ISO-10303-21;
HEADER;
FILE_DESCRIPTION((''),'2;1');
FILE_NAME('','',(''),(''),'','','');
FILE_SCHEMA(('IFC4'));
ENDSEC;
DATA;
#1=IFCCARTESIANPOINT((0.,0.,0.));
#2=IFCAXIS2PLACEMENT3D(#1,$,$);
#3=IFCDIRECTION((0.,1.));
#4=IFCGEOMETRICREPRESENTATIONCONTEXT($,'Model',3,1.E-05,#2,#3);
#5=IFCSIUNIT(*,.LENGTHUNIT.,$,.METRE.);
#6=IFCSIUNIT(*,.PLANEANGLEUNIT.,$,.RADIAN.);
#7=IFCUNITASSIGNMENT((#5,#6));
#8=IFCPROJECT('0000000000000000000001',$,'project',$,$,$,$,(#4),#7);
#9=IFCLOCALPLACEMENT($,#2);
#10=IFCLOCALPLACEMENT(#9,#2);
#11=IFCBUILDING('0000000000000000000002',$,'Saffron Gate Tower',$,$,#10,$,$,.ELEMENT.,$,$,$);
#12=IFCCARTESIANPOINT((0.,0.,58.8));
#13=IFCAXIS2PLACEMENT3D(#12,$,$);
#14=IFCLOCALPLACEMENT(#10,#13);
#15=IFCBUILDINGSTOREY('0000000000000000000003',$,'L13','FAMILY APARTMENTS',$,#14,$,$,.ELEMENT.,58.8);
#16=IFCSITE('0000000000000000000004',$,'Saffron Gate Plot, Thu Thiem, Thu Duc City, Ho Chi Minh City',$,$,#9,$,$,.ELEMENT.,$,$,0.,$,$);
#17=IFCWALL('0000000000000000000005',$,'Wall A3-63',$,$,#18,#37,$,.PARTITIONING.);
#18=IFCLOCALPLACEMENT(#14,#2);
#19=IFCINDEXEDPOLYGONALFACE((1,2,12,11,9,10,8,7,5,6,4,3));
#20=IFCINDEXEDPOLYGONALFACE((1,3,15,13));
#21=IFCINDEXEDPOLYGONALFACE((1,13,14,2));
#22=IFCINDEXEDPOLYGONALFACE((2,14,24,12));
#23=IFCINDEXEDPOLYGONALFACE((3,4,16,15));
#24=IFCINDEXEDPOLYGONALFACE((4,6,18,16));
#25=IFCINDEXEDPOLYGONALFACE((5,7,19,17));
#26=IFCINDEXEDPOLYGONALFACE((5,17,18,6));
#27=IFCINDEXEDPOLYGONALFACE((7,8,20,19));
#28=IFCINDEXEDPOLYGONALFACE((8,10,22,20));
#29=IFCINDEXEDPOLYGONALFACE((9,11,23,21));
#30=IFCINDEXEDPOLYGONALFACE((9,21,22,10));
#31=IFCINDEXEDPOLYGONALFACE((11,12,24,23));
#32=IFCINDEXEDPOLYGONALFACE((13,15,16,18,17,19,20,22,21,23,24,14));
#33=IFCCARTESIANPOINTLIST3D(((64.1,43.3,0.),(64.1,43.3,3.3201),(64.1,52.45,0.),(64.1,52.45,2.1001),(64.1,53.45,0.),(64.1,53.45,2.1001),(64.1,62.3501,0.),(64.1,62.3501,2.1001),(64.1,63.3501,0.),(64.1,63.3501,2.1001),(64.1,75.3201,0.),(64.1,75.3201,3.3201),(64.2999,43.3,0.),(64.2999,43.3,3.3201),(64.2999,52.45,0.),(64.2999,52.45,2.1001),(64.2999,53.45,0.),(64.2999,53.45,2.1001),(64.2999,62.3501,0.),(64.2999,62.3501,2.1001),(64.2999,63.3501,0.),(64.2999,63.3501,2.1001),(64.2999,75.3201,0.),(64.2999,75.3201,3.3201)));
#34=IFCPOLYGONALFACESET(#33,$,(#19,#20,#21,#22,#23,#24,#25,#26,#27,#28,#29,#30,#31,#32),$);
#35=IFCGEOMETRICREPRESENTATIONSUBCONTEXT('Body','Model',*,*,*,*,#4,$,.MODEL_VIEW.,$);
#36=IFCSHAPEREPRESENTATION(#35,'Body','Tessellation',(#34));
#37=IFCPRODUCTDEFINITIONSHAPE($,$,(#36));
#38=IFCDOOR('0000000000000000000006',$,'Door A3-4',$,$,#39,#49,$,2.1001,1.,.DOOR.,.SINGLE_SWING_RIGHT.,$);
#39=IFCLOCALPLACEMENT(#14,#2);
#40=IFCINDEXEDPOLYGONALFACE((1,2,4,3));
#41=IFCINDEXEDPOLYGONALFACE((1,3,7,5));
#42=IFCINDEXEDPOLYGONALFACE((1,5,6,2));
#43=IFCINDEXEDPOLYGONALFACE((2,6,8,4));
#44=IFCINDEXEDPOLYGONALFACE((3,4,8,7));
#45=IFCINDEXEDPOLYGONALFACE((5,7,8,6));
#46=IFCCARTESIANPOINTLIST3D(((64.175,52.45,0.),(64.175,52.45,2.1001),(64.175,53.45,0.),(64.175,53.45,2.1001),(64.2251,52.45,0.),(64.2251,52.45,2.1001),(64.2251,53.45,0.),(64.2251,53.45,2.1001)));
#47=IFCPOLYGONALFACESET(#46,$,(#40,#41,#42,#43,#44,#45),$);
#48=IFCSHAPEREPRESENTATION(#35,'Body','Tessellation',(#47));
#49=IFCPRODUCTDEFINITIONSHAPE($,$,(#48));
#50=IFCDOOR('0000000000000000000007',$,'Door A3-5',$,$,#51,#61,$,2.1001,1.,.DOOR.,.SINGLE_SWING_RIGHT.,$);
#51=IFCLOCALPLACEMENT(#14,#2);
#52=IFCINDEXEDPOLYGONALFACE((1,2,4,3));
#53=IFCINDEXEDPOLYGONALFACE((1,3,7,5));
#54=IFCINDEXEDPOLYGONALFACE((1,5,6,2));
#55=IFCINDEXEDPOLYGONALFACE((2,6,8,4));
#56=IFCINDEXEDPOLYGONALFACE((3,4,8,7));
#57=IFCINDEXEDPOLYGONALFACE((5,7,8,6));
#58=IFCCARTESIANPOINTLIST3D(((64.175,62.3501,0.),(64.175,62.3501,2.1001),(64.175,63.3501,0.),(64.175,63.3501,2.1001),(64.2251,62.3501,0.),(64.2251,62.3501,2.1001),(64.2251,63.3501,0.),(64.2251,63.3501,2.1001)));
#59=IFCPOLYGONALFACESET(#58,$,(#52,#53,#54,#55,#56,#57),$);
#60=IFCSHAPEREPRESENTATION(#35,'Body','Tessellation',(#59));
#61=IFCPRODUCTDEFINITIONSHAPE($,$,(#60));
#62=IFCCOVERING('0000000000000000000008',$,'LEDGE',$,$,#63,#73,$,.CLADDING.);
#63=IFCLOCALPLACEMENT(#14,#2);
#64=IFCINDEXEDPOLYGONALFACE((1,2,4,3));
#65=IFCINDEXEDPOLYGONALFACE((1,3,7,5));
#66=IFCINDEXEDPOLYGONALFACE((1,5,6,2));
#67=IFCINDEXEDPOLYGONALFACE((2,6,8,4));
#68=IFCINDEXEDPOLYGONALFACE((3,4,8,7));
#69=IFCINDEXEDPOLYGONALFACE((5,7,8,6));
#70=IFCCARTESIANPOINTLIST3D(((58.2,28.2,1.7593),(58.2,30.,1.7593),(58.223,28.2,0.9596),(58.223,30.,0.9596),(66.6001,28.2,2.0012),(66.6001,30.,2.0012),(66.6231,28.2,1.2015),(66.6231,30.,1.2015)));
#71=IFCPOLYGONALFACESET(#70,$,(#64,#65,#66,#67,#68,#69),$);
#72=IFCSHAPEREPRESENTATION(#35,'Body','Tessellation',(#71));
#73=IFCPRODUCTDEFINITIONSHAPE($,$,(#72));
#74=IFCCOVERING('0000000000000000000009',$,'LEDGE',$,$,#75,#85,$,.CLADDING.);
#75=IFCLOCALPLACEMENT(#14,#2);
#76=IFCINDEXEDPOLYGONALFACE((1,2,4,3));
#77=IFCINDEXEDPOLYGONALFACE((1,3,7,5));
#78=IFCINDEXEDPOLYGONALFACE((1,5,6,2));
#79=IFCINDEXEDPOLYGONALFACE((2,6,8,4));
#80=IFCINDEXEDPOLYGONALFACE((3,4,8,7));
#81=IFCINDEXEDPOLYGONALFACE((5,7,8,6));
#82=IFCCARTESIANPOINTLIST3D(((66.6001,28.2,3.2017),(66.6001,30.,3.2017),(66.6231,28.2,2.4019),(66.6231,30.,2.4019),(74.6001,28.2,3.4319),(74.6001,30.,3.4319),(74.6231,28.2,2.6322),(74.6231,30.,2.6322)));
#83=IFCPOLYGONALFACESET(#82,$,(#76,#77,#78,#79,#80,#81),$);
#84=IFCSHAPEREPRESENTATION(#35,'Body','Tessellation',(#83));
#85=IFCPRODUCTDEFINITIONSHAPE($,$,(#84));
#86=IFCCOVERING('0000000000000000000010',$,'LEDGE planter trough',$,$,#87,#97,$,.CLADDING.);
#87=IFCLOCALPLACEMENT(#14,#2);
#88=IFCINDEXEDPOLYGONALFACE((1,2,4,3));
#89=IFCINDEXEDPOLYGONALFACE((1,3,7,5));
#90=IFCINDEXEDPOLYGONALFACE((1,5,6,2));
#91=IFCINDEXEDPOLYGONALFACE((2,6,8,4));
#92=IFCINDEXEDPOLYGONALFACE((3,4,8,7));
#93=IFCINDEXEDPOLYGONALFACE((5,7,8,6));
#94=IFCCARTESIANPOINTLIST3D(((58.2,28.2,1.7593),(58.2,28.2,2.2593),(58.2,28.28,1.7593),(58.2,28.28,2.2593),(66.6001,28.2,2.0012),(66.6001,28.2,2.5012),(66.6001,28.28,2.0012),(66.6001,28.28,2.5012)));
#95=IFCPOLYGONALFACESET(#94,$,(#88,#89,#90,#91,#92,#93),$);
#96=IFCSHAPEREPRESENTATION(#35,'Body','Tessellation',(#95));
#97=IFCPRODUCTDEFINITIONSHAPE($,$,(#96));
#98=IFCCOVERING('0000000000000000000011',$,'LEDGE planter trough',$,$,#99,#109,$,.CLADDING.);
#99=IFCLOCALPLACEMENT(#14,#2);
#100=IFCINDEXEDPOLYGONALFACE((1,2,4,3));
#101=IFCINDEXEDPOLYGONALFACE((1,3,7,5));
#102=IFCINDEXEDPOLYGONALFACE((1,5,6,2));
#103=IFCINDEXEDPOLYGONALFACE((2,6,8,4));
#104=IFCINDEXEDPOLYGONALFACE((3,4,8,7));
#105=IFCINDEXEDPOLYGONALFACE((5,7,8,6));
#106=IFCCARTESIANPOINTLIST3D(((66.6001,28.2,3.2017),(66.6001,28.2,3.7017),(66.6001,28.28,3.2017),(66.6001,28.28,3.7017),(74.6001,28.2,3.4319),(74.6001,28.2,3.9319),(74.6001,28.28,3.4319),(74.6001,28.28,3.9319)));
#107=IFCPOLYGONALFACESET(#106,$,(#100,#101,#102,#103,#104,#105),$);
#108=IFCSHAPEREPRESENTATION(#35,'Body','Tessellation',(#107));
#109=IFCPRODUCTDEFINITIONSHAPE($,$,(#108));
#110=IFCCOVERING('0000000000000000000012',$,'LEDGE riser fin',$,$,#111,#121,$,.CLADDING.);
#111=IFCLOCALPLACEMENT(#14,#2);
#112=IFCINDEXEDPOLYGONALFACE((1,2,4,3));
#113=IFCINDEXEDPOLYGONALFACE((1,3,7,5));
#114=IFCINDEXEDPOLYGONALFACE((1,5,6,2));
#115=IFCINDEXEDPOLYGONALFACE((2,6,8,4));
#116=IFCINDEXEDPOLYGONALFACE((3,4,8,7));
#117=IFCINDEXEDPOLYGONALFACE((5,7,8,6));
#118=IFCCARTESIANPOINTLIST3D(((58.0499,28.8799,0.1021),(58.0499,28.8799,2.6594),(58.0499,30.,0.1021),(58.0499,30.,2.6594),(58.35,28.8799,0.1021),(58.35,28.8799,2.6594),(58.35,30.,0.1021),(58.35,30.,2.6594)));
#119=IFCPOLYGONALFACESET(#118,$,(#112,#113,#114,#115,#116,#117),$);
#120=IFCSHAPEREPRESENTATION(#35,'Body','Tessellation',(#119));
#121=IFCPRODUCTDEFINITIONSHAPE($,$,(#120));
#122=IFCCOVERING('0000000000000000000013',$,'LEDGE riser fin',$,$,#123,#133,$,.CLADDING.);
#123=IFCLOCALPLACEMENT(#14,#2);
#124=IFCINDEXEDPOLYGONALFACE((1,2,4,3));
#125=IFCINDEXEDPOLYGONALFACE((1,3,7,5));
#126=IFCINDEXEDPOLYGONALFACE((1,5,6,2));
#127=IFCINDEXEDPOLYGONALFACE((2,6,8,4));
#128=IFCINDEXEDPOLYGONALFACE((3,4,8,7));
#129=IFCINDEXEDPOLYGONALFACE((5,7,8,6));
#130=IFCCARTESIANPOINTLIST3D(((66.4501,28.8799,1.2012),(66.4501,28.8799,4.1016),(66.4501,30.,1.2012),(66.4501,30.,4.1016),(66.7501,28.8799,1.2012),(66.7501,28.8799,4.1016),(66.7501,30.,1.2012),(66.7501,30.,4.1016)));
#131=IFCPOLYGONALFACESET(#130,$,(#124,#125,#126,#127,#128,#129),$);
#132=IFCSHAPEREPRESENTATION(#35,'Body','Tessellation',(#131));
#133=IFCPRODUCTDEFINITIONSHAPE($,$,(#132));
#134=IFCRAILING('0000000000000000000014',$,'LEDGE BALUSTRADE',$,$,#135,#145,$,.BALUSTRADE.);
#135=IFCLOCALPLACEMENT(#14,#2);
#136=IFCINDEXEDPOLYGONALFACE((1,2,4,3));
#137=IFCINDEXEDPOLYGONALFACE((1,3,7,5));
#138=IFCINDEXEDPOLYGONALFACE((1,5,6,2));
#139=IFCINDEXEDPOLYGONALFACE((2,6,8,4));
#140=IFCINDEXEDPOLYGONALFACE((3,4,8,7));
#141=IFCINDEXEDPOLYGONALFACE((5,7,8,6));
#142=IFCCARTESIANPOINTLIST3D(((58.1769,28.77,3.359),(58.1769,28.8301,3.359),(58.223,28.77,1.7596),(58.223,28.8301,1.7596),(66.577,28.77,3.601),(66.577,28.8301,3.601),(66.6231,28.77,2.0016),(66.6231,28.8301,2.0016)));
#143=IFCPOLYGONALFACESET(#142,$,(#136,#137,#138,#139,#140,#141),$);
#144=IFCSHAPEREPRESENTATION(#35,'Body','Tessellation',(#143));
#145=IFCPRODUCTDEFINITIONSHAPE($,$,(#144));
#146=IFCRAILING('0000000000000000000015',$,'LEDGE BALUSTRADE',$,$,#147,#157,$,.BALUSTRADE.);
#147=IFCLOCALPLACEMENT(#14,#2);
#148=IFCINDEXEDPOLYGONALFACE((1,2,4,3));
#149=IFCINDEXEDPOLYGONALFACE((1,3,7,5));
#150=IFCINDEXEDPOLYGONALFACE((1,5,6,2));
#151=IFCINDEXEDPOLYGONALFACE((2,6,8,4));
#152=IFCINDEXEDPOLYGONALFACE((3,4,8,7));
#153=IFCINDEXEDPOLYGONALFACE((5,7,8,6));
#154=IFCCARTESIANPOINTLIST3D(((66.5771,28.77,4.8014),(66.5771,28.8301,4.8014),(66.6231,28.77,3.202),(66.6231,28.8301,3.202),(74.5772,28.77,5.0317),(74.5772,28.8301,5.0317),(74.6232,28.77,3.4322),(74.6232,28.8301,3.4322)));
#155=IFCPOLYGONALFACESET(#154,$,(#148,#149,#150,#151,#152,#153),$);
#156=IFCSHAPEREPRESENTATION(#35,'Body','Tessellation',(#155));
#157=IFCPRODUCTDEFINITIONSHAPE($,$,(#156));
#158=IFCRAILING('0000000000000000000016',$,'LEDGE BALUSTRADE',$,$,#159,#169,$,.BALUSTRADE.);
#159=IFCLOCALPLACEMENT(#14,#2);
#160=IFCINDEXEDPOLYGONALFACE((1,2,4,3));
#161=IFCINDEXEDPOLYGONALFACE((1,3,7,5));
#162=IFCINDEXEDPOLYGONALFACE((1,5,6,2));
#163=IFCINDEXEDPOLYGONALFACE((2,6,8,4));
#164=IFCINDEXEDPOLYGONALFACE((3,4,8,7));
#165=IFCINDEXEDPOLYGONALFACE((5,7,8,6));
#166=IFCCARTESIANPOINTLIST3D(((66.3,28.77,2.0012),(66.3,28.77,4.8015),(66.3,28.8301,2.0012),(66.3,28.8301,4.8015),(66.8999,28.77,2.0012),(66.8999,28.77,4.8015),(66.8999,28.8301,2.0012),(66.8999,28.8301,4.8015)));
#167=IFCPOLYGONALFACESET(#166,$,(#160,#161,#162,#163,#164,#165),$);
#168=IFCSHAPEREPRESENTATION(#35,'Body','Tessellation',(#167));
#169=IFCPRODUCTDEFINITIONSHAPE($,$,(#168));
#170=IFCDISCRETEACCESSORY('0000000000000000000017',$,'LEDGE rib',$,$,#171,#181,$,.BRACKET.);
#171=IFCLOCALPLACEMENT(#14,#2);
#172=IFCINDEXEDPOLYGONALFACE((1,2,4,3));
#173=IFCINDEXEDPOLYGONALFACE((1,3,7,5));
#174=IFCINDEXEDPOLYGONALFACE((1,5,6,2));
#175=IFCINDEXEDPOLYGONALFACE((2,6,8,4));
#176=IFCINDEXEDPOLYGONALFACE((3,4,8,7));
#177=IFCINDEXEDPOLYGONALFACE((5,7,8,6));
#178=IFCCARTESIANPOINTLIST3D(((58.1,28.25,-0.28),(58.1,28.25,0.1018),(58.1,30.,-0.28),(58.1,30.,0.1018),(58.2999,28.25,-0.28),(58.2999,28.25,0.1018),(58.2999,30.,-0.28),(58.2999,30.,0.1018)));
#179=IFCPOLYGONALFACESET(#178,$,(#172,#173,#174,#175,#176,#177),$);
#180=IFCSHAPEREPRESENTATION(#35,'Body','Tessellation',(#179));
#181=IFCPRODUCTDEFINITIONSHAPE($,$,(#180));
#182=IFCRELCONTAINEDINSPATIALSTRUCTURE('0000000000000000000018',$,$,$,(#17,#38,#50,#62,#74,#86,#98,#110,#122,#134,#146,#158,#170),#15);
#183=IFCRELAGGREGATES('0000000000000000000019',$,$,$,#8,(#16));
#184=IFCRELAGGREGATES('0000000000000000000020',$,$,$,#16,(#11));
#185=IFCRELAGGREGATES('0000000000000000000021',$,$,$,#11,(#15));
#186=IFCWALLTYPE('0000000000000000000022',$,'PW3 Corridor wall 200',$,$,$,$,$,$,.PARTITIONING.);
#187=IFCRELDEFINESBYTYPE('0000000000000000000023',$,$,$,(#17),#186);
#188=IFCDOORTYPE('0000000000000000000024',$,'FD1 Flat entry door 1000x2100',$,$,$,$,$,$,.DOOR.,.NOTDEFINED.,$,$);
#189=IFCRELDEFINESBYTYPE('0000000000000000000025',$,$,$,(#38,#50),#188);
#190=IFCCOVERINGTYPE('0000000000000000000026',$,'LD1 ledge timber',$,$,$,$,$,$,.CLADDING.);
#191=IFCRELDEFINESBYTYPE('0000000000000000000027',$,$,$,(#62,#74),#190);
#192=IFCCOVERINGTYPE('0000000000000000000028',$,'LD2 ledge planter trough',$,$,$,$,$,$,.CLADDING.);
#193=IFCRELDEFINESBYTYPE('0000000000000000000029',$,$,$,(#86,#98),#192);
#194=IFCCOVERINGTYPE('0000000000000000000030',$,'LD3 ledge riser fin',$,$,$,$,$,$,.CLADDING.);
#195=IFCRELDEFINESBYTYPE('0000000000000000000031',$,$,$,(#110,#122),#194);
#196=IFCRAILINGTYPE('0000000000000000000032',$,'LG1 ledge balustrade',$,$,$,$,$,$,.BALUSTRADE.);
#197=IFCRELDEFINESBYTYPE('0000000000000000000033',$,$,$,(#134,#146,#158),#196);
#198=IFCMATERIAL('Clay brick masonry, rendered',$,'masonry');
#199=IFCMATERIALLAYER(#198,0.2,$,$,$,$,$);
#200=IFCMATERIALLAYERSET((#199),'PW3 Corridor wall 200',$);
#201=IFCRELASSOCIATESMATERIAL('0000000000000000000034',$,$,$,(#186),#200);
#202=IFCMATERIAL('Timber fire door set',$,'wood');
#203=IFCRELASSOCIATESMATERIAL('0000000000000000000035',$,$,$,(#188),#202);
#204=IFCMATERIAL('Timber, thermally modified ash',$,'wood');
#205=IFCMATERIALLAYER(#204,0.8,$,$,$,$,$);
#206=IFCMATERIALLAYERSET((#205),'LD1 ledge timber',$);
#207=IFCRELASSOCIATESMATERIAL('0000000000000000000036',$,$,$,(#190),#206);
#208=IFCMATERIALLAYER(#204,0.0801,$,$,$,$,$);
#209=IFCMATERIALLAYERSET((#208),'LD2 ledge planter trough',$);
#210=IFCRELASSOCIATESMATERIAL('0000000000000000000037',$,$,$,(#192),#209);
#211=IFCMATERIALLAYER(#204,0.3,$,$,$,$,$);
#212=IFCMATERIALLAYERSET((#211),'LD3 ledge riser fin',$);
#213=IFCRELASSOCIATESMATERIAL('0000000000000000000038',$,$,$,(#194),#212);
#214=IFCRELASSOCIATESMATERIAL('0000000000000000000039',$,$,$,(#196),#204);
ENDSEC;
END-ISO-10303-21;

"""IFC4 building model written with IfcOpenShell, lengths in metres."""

from ifc_helpers import new_model, si_unit, direction, frame, frame_2d, origin, origin_2d, place, context, subcontext, project, spatial, polyline, rectangle, outline, extrude, material, layer, layer_set, type_object, element, fill, save


model = new_model("IFC4")

# Units and contexts
model_context = context("Model", 3, precision=1e-05, world=origin(), true_north=direction((0.0, 1.0)))
body_context = subcontext(model_context, "Body", "Model", "MODEL_VIEW")
ifc_project = project(units=[si_unit("LENGTHUNIT", "METRE"), si_unit("PLANEANGLEUNIT", "RADIAN")], contexts=[model_context])

# Site, building, storey
site_placement = place(None, origin())
site = spatial("IfcSite", under=ifc_project, at=site_placement, Name="Saffron Gate Plot, Thu Thiem, Thu Duc City, Ho Chi Minh City", CompositionType="ELEMENT", RefElevation=0.0)
building_placement = place(site_placement, origin())
building = spatial("IfcBuilding", under=site, at=building_placement, Name="Saffron Gate Tower", CompositionType="ELEMENT")
storey_placement = place(building_placement, frame((0.0, 0.0, 58.8)))
storey = spatial("IfcBuildingStorey", under=building, at=storey_placement, Name="L13", Description="FAMILY APARTMENTS", CompositionType="ELEMENT", Elevation=58.8)

# Wall, openings, doors
ifc_material_1 = material(Name="Clay brick masonry, rendered", Category="masonry")
ifc_layer_1 = layer(ifc_material_1, 0.2)
ifc_layer_set_1 = layer_set([ifc_layer_1], Name="PW3 Corridor wall 200")
wall_type_1 = type_object("IfcWallType", Name="PW3 Corridor wall 200", PredefinedType="PARTITIONING", material=ifc_layer_set_1)
wall_1_placement = place(storey_placement, frame((64.2, 43.3, 0.0), z_axis=(0.0, 0.0, 1.0), x_axis=(0.0, 1.0, 0.0)))
wall_1 = element("IfcWall", 1, at=wall_1_placement, inside=storey, type_object=wall_type_1, Name="Wall A3-63", PredefinedType="PARTITIONING", context=body_context, shape_type="SweptSolid", body=[
    extrude(rectangle(XDim=32.02, YDim=0.2, at=frame_2d((16.01, 0.0))), origin(), (0.0, 0.0, 1.0), 3.3201),
])
opening_1_placement = place(wall_1_placement, frame((9.1499, 0.0, 0.0)))
opening_1 = element("IfcOpeningElement", 2, at=opening_1_placement, cuts=wall_1, PredefinedType="OPENING", context=body_context, shape_type="SweptSolid", body=[
    extrude(rectangle(XDim=1.0, YDim=2.1001, at=frame_2d((0.5, 1.05))), frame((0.0, 0.1099, 0.0), z_axis=(0.0, -1.0, 0.0), x_axis=(1.0, 0.0, 0.0)), (0.0, 0.0, 1.0), 0.22),
])
opening_2_placement = place(wall_1_placement, frame((19.05, 0.0, 0.0)))
opening_2 = element("IfcOpeningElement", 3, at=opening_2_placement, cuts=wall_1, PredefinedType="OPENING", context=body_context, shape_type="SweptSolid", body=[
    extrude(rectangle(XDim=1.0, YDim=2.1001, at=frame_2d((0.5, 1.05))), frame((0.0, 0.1099, 0.0), z_axis=(0.0, -1.0, 0.0), x_axis=(1.0, 0.0, 0.0)), (0.0, 0.0, 1.0), 0.22),
])
ifc_material_2 = material(Name="Timber fire door set", Category="wood")
door_type_1 = type_object("IfcDoorType", Name="FD1 Flat entry door 1000x2100", OperationType="NOTDEFINED", PredefinedType="DOOR", material=ifc_material_2)
door_1_placement = place(opening_1_placement, origin())
door_1 = element("IfcDoor", 4, at=door_1_placement, inside=storey, type_object=door_type_1, Name="Door A3-4", OperationType="SINGLE_SWING_RIGHT", OverallHeight=2.1001, OverallWidth=1.0, PredefinedType="DOOR", context=body_context, shape_type="SweptSolid", body=[
    extrude(rectangle(XDim=1.0, YDim=2.1001, at=frame_2d((0.5, 1.05))), frame((0.0, 0.0249, 0.0), z_axis=(0.0, -1.0, 0.0), x_axis=(1.0, 0.0, 0.0)), (0.0, 0.0, 1.0), 0.05),
])
fill(opening_1, door_1)
door_2_placement = place(opening_2_placement, origin())
door_2 = element("IfcDoor", 5, at=door_2_placement, inside=storey, type_object=door_type_1, Name="Door A3-5", OperationType="SINGLE_SWING_RIGHT", OverallHeight=2.1001, OverallWidth=1.0, PredefinedType="DOOR", context=body_context, shape_type="SweptSolid", body=[
    extrude(rectangle(XDim=1.0, YDim=2.1001, at=frame_2d((0.5, 1.05))), frame((0.0, 0.0249, 0.0), z_axis=(0.0, -1.0, 0.0), x_axis=(1.0, 0.0, 0.0)), (0.0, 0.0, 1.0), 0.05),
])
fill(opening_2, door_2)

# Coverings
ifc_material_3 = material(Name="Timber, thermally modified ash", Category="wood")
ifc_layer_2 = layer(ifc_material_3, 0.8)
ifc_layer_set_2 = layer_set([ifc_layer_2], Name="LD1 ledge timber")
covering_type_1 = type_object("IfcCoveringType", Name="LD1 ledge timber", PredefinedType="CLADDING", material=ifc_layer_set_2)
covering_1_placement = place(storey_placement, frame((58.2, 30.0, 1.7593), z_axis=(-0.02879, 0.0, 0.999585), x_axis=(0.999585, 0.0, 0.02879)))
element("IfcCovering", 6, at=covering_1_placement, inside=storey, type_object=covering_type_1, Name="LEDGE", PredefinedType="CLADDING", context=body_context, shape_type="SweptSolid", body=[
    extrude(outline(polyline([(0.0, 0.0), (8.4036, 0.0), (8.4036, -1.8), (0.0, -1.8), (0.0, 0.0)])), origin(), (0.0, 0.0, -1.0), 0.8),
])
covering_2_placement = place(storey_placement, frame((66.6001, 30.0, 3.2017), z_axis=(-0.028766, 0.0, 0.999586), x_axis=(0.999586, 0.0, 0.028766)))
element("IfcCovering", 7, at=covering_2_placement, inside=storey, type_object=covering_type_1, Name="LEDGE", PredefinedType="CLADDING", context=body_context, shape_type="SweptSolid", body=[
    extrude(outline(polyline([(0.0, 0.0), (8.0033, 0.0), (8.0033, -1.8), (0.0, -1.8), (0.0, 0.0)])), origin(), (0.0, 0.0, -1.0), 0.8),
])
ifc_layer_3 = layer(ifc_material_3, 0.0801)
ifc_layer_set_3 = layer_set([ifc_layer_3], Name="LD2 ledge planter trough")
covering_type_2 = type_object("IfcCoveringType", Name="LD2 ledge planter trough", PredefinedType="CLADDING", material=ifc_layer_set_3)
covering_3_placement = place(storey_placement, frame((58.2, 28.2, 1.7593), z_axis=(0.0, -1.0, 0.0), x_axis=(0.999585, 0.0, 0.02879)))
element("IfcCovering", 8, at=covering_3_placement, inside=storey, type_object=covering_type_2, Name="LEDGE planter trough", PredefinedType="CLADDING", context=body_context, shape_type="SweptSolid", body=[
    extrude(outline(polyline([(0.0, 0.0), (8.4036, 0.0), (8.418, 0.4998), (0.0144, 0.4998), (0.0, 0.0)])), origin(), (0.0, 0.0, -1.0), 0.0801),
])
covering_4_placement = place(storey_placement, frame((66.6001, 28.2, 3.2017), z_axis=(0.0, -1.0, 0.0), x_axis=(0.999586, 0.0, 0.028766)))
element("IfcCovering", 9, at=covering_4_placement, inside=storey, type_object=covering_type_2, Name="LEDGE planter trough", PredefinedType="CLADDING", context=body_context, shape_type="SweptSolid", body=[
    extrude(outline(polyline([(0.0, 0.0), (8.0033, 0.0), (8.0177, 0.4998), (0.0144, 0.4998), (0.0, 0.0)])), origin(), (0.0, 0.0, -1.0), 0.0801),
])
ifc_layer_4 = layer(ifc_material_3, 0.3)
ifc_layer_set_4 = layer_set([ifc_layer_4], Name="LD3 ledge riser fin")
covering_type_3 = type_object("IfcCoveringType", Name="LD3 ledge riser fin", PredefinedType="CLADDING", material=ifc_layer_set_4)
covering_5_placement = place(storey_placement, frame((58.2, 29.4399, 0.1021), z_axis=(0.0, 0.0, 1.0), x_axis=(1.0, 0.0, 0.0)))
element("IfcCovering", 10, at=covering_5_placement, inside=storey, type_object=covering_type_3, Name="LEDGE riser fin", PredefinedType="CLADDING", context=body_context, shape_type="SweptSolid", body=[
    extrude(rectangle(XDim=0.3, YDim=1.1201, at=origin_2d()), origin(), (0.0, 0.0, 1.0), 2.5574),
])
covering_6_placement = place(storey_placement, frame((66.6001, 29.4399, 1.2012), z_axis=(0.0, 0.0, 1.0), x_axis=(1.0, 0.0, 0.0)))
element("IfcCovering", 11, at=covering_6_placement, inside=storey, type_object=covering_type_3, Name="LEDGE riser fin", PredefinedType="CLADDING", context=body_context, shape_type="SweptSolid", body=[
    extrude(rectangle(XDim=0.3, YDim=1.1201, at=origin_2d()), origin(), (0.0, 0.0, 1.0), 2.9004),
])

# Railings
railing_type = type_object("IfcRailingType", Name="LG1 ledge balustrade", PredefinedType="BALUSTRADE", material=ifc_material_3)
railing_1_placement = place(storey_placement, frame((58.2, 28.8, 1.7593)))
element("IfcRailing", 12, at=railing_1_placement, inside=storey, type_object=railing_type, Name="LEDGE BALUSTRADE", PredefinedType="BALUSTRADE", context=body_context, shape_type="SweptSolid", body=[
    extrude(rectangle(XDim=0.0601, YDim=1.6001, at=origin_2d()), frame((0.0, 0.0, 0.8), z_axis=(0.999585, 0.0, 0.02879), x_axis=(0.0, 1.0, 0.0)), (0.0, 0.0, 1.0), 8.4036),
])
railing_2_placement = place(storey_placement, frame((66.6001, 28.8, 3.2017)))
element("IfcRailing", 13, at=railing_2_placement, inside=storey, type_object=railing_type, Name="LEDGE BALUSTRADE", PredefinedType="BALUSTRADE", context=body_context, shape_type="SweptSolid", body=[
    extrude(rectangle(XDim=0.0601, YDim=1.6001, at=origin_2d()), frame((0.0, 0.0, 0.8), z_axis=(0.999586, 0.0, 0.028766), x_axis=(0.0, 1.0, 0.0)), (0.0, 0.0, 1.0), 8.0034),
])
railing_3_placement = place(storey_placement, frame((66.3, 28.8, 2.0012)))
element("IfcRailing", 14, at=railing_3_placement, inside=storey, type_object=railing_type, Name="LEDGE BALUSTRADE", PredefinedType="BALUSTRADE", context=body_context, shape_type="SweptSolid", body=[
    extrude(rectangle(XDim=0.0601, YDim=2.8003, at=origin_2d()), frame((0.0, 0.0, 1.4001), z_axis=(1.0, 0.0, 0.0), x_axis=(0.0, 1.0, 0.0)), (0.0, 0.0, 1.0), 0.5999),
])

# Discrete accessory
discrete_accessory_1_placement = place(storey_placement, frame((58.2, 29.125, -0.28), z_axis=(0.0, 0.0, 1.0), x_axis=(1.0, 0.0, 0.0)))
element("IfcDiscreteAccessory", 15, at=discrete_accessory_1_placement, inside=storey, Name="LEDGE rib", PredefinedType="BRACKET", context=body_context, shape_type="SweptSolid", body=[
    extrude(rectangle(XDim=0.2, YDim=1.75, at=origin_2d()), origin(), (0.0, 0.0, 1.0), 0.3818),
])

save(model, "model.ifc")
